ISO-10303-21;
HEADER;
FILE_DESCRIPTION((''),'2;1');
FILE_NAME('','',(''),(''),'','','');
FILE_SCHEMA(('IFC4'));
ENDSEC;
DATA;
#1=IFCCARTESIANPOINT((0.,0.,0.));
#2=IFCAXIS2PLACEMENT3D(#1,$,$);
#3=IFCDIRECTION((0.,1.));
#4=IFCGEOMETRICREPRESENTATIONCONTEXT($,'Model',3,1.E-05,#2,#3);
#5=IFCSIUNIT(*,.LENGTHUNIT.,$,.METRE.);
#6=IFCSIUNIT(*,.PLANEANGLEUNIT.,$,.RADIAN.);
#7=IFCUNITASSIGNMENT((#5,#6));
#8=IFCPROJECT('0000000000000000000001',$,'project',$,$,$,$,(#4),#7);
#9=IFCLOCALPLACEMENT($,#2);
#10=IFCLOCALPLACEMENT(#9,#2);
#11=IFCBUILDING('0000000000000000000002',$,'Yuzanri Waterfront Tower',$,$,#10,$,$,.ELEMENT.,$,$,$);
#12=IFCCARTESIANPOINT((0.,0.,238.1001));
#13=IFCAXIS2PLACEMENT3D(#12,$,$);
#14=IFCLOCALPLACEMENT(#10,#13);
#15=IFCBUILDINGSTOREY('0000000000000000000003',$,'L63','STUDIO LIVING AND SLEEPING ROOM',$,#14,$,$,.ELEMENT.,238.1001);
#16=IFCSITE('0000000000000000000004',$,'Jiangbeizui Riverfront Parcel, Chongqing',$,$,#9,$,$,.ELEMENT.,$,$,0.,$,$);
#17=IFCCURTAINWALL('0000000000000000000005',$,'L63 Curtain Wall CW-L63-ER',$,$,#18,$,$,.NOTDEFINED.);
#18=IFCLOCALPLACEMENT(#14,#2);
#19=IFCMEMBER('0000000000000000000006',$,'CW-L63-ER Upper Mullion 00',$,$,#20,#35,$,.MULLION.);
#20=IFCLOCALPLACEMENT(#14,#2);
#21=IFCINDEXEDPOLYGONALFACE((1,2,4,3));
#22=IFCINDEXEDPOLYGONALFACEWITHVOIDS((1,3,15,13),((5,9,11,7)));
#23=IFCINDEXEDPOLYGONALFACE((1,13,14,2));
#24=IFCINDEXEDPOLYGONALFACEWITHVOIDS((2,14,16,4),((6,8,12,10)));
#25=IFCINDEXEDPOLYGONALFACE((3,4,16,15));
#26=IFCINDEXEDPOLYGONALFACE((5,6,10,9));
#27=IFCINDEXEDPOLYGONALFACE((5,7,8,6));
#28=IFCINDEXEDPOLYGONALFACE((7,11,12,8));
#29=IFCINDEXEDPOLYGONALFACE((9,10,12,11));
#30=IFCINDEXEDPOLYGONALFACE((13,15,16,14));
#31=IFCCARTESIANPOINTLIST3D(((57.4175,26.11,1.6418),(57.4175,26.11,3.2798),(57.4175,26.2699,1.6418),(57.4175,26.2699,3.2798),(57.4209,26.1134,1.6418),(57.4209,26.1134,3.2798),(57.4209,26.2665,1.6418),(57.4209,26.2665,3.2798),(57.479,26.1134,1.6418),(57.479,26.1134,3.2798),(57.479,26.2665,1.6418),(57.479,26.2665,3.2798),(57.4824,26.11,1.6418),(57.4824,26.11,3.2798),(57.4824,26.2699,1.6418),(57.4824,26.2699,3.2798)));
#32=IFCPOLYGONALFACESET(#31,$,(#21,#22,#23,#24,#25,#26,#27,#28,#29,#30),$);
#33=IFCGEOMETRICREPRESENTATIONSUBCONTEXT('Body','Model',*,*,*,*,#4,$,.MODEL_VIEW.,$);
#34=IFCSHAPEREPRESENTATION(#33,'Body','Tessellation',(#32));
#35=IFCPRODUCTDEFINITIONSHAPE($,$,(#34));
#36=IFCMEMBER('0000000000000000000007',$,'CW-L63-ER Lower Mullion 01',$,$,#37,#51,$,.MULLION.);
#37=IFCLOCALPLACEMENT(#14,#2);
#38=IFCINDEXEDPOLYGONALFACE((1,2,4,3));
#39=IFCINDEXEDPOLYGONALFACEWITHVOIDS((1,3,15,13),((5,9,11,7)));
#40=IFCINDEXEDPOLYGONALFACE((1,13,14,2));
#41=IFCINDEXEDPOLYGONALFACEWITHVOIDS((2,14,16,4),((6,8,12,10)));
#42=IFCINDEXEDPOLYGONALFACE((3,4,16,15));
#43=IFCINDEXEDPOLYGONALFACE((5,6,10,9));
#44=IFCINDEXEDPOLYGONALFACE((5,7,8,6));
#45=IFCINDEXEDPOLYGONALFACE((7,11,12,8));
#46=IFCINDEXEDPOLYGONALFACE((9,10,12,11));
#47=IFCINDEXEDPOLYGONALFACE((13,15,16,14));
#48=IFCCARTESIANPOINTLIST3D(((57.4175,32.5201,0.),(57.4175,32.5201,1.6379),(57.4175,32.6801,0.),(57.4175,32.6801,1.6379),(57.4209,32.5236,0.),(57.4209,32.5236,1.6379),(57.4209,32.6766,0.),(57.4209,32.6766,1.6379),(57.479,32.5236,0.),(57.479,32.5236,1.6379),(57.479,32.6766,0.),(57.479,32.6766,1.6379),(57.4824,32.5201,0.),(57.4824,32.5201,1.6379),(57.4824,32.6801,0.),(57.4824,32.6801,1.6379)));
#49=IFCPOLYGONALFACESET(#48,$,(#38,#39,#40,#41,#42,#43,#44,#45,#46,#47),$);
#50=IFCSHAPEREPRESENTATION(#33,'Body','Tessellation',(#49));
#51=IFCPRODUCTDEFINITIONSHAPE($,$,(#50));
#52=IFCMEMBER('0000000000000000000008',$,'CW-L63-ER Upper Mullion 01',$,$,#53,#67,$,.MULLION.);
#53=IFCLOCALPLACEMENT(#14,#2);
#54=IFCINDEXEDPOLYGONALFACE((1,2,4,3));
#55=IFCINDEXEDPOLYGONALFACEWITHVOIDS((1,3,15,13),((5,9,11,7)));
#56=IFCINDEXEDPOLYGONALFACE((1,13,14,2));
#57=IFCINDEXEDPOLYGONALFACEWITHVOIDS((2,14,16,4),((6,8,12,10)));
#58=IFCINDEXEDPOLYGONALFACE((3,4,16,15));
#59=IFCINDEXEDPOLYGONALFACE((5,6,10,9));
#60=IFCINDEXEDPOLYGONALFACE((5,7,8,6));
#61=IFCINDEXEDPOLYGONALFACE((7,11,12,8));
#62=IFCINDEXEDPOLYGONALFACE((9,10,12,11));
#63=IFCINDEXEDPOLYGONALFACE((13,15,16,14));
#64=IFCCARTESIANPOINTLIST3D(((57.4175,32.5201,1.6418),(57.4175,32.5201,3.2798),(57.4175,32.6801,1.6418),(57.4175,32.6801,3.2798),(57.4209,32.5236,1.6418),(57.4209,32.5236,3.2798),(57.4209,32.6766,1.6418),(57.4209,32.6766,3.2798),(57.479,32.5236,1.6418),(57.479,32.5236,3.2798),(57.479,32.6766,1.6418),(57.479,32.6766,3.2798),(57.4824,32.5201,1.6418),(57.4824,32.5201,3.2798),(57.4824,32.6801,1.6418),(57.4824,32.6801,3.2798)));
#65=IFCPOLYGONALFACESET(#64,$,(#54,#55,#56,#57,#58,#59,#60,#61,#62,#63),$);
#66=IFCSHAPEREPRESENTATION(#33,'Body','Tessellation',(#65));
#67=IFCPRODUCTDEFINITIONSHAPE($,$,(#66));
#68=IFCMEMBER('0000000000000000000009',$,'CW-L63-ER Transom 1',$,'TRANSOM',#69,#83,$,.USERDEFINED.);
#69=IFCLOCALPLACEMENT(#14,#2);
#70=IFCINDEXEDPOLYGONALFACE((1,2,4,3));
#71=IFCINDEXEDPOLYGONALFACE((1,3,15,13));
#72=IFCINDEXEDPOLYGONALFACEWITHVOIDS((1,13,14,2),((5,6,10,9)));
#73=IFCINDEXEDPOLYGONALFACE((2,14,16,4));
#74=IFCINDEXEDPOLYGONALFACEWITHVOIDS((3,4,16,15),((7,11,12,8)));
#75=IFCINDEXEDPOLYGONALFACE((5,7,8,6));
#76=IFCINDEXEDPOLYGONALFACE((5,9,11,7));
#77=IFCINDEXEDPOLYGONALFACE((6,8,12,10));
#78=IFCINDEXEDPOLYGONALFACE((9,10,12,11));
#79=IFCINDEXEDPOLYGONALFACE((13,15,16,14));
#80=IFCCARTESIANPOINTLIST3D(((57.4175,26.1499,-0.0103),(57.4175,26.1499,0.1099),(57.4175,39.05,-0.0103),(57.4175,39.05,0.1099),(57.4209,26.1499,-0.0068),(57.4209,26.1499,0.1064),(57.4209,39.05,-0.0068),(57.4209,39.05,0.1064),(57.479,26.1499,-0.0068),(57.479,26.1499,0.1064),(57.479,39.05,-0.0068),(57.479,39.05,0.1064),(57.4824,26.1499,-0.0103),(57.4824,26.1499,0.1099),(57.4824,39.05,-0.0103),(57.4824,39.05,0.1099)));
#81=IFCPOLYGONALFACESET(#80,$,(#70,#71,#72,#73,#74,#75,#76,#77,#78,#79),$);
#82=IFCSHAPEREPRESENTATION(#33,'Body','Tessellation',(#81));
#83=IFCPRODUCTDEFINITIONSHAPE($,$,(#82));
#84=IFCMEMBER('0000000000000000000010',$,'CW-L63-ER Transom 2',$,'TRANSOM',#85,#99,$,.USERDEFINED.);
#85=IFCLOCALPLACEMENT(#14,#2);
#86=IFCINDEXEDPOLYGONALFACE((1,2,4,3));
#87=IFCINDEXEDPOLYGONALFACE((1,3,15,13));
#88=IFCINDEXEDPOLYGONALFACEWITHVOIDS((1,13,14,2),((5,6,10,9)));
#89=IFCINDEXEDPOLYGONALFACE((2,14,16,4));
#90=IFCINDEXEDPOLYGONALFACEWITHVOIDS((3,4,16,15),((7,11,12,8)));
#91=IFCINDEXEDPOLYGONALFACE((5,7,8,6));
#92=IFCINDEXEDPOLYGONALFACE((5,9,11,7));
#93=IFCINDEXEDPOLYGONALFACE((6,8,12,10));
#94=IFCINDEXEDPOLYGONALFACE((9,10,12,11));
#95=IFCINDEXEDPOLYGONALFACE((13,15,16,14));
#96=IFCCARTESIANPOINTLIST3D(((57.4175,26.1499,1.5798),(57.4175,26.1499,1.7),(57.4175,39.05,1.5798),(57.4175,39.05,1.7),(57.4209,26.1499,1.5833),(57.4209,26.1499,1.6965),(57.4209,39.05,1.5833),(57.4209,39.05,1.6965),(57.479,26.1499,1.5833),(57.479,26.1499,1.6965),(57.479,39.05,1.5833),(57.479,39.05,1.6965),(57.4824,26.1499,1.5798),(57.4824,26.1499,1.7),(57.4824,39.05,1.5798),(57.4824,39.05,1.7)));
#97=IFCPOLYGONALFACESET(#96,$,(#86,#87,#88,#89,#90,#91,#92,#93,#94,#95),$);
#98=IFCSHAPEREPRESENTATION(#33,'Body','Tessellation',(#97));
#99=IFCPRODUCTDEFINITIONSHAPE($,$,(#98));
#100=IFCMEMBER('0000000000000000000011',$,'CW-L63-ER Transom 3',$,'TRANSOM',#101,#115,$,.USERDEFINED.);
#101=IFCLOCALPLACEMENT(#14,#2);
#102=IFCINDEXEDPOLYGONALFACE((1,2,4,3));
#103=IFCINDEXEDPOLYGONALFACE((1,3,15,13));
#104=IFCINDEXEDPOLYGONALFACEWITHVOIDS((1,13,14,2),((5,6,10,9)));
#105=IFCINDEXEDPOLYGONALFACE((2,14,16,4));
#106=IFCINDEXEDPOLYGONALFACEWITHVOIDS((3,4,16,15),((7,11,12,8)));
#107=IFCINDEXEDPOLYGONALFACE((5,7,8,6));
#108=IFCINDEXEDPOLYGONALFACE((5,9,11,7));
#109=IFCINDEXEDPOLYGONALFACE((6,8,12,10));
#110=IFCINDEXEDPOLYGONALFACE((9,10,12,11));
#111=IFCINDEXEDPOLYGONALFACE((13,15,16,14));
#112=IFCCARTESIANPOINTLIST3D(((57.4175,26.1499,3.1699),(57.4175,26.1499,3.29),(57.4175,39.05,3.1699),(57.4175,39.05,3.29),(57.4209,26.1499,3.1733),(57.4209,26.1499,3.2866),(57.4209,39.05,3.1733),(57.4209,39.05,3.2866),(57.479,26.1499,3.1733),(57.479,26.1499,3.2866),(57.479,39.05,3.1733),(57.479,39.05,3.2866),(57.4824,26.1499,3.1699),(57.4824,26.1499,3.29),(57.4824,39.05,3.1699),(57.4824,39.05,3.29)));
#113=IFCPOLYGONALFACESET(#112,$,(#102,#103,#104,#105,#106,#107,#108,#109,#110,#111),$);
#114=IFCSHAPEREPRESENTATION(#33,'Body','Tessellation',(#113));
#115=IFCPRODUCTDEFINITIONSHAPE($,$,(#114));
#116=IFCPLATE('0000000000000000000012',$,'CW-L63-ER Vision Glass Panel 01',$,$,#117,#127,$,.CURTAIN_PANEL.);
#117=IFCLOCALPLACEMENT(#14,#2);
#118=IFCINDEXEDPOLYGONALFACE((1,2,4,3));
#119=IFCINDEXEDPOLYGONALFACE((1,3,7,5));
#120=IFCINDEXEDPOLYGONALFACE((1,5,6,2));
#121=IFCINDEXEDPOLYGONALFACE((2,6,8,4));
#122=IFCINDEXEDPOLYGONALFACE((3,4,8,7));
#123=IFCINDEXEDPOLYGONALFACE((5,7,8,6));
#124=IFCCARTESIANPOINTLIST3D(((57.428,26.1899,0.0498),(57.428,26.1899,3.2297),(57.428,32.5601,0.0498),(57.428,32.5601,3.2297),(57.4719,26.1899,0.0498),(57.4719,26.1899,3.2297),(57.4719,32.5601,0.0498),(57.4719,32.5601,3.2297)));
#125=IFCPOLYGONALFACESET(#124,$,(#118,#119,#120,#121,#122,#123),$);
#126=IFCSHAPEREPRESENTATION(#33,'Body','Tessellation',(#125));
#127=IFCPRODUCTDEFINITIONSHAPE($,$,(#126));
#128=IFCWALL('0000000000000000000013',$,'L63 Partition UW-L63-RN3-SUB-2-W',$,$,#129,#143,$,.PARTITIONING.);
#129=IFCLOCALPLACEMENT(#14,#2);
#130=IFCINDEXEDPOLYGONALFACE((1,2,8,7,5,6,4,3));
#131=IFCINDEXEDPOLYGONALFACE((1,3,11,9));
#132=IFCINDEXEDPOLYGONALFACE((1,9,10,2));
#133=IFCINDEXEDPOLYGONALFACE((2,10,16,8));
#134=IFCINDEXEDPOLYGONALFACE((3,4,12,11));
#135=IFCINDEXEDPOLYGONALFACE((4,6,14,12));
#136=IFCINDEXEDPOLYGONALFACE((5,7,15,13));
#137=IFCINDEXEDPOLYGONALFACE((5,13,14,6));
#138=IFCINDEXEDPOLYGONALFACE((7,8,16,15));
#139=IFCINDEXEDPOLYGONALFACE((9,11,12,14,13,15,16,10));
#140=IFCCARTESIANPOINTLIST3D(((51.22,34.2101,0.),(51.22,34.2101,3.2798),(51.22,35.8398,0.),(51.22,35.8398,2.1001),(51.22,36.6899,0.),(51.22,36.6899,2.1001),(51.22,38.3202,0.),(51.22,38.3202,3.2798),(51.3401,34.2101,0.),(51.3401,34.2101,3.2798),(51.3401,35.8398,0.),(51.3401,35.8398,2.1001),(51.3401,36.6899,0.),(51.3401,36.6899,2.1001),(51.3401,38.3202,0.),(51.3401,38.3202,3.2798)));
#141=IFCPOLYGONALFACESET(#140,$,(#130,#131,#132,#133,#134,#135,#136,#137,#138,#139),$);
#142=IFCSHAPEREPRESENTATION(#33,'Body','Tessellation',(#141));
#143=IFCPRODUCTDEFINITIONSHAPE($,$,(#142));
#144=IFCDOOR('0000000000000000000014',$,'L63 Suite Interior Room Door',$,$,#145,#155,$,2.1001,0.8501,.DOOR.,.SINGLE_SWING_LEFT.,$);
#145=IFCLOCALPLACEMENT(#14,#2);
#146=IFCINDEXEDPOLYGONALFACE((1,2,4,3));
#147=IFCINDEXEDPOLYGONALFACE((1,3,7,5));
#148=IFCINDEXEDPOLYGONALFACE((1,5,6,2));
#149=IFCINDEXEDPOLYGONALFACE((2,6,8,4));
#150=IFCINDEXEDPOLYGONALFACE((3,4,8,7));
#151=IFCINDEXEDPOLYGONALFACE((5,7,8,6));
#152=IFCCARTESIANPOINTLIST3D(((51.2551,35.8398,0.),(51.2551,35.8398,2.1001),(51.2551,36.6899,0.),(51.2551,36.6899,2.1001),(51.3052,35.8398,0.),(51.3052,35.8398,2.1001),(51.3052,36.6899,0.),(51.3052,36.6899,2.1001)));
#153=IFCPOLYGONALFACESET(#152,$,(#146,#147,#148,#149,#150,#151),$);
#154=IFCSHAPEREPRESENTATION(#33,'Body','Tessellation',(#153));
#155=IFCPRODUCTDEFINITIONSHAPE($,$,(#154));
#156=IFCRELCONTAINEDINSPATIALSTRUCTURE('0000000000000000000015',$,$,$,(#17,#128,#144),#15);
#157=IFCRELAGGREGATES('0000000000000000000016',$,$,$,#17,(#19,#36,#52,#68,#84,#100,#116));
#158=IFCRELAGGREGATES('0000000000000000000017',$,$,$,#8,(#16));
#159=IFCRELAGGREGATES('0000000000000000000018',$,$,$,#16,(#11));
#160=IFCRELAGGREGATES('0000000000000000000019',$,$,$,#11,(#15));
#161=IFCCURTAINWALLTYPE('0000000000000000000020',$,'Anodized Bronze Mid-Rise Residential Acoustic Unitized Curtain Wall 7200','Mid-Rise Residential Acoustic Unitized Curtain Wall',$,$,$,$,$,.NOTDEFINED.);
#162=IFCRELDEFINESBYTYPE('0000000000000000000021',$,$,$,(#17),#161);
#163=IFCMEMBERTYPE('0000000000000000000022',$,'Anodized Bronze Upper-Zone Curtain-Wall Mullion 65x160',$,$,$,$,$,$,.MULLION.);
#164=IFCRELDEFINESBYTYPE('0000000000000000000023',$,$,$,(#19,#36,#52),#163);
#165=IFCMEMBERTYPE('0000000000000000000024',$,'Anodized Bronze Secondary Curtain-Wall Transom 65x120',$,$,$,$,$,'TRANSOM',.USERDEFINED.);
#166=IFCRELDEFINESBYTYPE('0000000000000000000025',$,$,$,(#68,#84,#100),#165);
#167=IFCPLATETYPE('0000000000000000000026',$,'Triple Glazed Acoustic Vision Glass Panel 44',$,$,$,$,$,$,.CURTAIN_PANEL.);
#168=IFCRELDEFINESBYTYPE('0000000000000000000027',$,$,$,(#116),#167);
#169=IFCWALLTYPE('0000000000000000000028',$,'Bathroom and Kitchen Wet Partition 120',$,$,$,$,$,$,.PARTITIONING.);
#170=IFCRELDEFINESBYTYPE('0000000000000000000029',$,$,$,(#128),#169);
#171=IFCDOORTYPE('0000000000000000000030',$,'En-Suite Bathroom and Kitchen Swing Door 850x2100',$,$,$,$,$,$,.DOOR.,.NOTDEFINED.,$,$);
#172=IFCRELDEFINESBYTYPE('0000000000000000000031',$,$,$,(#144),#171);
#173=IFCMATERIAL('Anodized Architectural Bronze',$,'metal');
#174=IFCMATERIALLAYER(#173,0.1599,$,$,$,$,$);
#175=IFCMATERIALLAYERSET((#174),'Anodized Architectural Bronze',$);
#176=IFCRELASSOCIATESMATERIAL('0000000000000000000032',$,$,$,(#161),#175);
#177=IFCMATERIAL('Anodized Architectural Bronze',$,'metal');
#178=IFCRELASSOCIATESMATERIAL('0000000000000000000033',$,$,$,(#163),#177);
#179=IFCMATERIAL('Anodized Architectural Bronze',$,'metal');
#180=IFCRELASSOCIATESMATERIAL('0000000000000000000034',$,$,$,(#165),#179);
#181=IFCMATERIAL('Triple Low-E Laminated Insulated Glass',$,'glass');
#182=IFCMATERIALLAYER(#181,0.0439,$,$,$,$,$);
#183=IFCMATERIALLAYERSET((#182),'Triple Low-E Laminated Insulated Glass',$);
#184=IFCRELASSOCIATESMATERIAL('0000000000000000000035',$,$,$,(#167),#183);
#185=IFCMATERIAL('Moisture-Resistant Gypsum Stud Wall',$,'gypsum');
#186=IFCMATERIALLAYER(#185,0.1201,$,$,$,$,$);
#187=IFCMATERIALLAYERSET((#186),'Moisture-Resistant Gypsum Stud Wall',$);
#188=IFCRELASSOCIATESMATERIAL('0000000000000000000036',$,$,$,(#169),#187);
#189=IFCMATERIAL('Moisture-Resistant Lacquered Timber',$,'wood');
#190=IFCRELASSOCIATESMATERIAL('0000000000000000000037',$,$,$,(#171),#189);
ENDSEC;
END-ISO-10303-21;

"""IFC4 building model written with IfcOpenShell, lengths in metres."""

from ifc_helpers import new_model, si_unit, direction, frame, frame_2d, origin, origin_2d, place, context, subcontext, project, spatial, rectangle, hollow_rectangle, extrude, source, transform, mapped, material, layer, layer_set, material_profile, profile_set, type_object, element, fill, aggregate, save


model = new_model("IFC4")

# Units and contexts
model_context = context("Model", 3, precision=1e-05, world=origin(), true_north=direction((0.0, 1.0)))
body_context = subcontext(model_context, "Body", "Model", "MODEL_VIEW")
ifc_project = project(units=[si_unit("LENGTHUNIT", "METRE"), si_unit("PLANEANGLEUNIT", "RADIAN")], contexts=[model_context])

# Site, building, storey
site_placement = place(None, origin())
site = spatial("IfcSite", under=ifc_project, at=site_placement, Name="Jiangbeizui Riverfront Parcel, Chongqing", CompositionType="ELEMENT", RefElevation=0.0)
building_placement = place(site_placement, origin())
building = spatial("IfcBuilding", under=site, at=building_placement, Name="Yuzanri Waterfront Tower", CompositionType="ELEMENT")
storey_placement = place(building_placement, frame((0.0, 0.0, 238.1001)))
storey = spatial("IfcBuildingStorey", under=building, at=storey_placement, Name="L63", Description="STUDIO LIVING AND SLEEPING ROOM", CompositionType="ELEMENT", Elevation=238.1001)

# Curtain wall, members, plate
ifc_material_1 = material(Name="Anodized Architectural Bronze", Category="metal")
ifc_layer_1 = layer(ifc_material_1, 0.1599)
ifc_layer_set_1 = layer_set([ifc_layer_1], Name="Anodized Architectural Bronze")
curtain_wall_type = type_object("IfcCurtainWallType", Name="Anodized Bronze Mid-Rise Residential Acoustic Unitized Curtain Wall 7200", Description="Mid-Rise Residential Acoustic Unitized Curtain Wall", PredefinedType="NOTDEFINED", material=ifc_layer_set_1)
curtain_wall_placement = place(storey_placement, origin())
curtain_wall = element("IfcCurtainWall", 1, at=curtain_wall_placement, inside=storey, type_object=curtain_wall_type, Name="L63 Curtain Wall CW-L63-ER", PredefinedType="NOTDEFINED")
ifc_material_2 = material(Name="Anodized Architectural Bronze", Category="metal")
ifc_material_profile_1 = material_profile(ifc_material_2, hollow_rectangle(XDim=0.0649, YDim=0.1599, WallThickness=0.0034, at=origin_2d()), Name="CWM 65x160")
ifc_profile_set_1 = profile_set([ifc_material_profile_1], Name="Anodized Architectural Bronze")
member_type_1 = type_object("IfcMemberType", Name="Anodized Bronze Upper-Zone Curtain-Wall Mullion 65x160", PredefinedType="MULLION", material=ifc_profile_set_1)
shared_shape_1 = source(origin(), body_context, "Body", "SweptSolid", [
    extrude(hollow_rectangle(XDim=0.0649, YDim=0.1599, WallThickness=0.0034, at=origin_2d()), origin(), (0.0, 0.0, 1.0), 1.6379),
])
member_1_placement = place(storey_placement, frame((57.45, 26.1899, 1.6418), z_axis=(0.0, 0.0, 1.0), x_axis=(1.0, 0.0, 0.0)))
member_1 = element("IfcMember", 2, at=member_1_placement, type_object=member_type_1, Name="CW-L63-ER Upper Mullion 00", PredefinedType="MULLION", context=body_context, shape_type="MappedRepresentation", body=[
    mapped(shared_shape_1, transform((0.0, 0.0, 0.0), scale=1.0)),
])
member_2_placement = place(storey_placement, frame((57.45, 32.6001, 0.0), z_axis=(0.0, 0.0, 1.0), x_axis=(1.0, 0.0, 0.0)))
member_2 = element("IfcMember", 3, at=member_2_placement, type_object=member_type_1, Name="CW-L63-ER Lower Mullion 01", PredefinedType="MULLION", context=body_context, shape_type="MappedRepresentation", body=[
    mapped(shared_shape_1, transform((0.0, 0.0, 0.0), scale=1.0)),
])
member_3_placement = place(storey_placement, frame((57.45, 32.6001, 1.6418), z_axis=(0.0, 0.0, 1.0), x_axis=(1.0, 0.0, 0.0)))
member_3 = element("IfcMember", 4, at=member_3_placement, type_object=member_type_1, Name="CW-L63-ER Upper Mullion 01", PredefinedType="MULLION", context=body_context, shape_type="MappedRepresentation", body=[
    mapped(shared_shape_1, transform((0.0, 0.0, 0.0), scale=1.0)),
])
ifc_material_3 = material(Name="Anodized Architectural Bronze", Category="metal")
ifc_material_profile_2 = material_profile(ifc_material_3, hollow_rectangle(XDim=0.0649, YDim=0.1201, WallThickness=0.0034, at=origin_2d()), Name="CWT 65x120")
ifc_profile_set_2 = profile_set([ifc_material_profile_2], Name="Anodized Architectural Bronze")
member_type_2 = type_object("IfcMemberType", Name="Anodized Bronze Secondary Curtain-Wall Transom 65x120", ElementType="TRANSOM", PredefinedType="USERDEFINED", material=ifc_profile_set_2)
shared_shape_2 = source(origin(), body_context, "Body", "SweptSolid", [
    extrude(hollow_rectangle(XDim=0.0649, YDim=0.1201, WallThickness=0.0034, at=origin_2d()), origin(), (0.0, 0.0, 1.0), 12.9001),
])
member_4_placement = place(storey_placement, frame((57.45, 26.1499, 0.0498), z_axis=(0.0, 1.0, 0.0), x_axis=(-1.0, 0.0, 0.0)))
member_4 = element("IfcMember", 5, at=member_4_placement, type_object=member_type_2, Name="CW-L63-ER Transom 1", ObjectType="TRANSOM", PredefinedType="USERDEFINED", context=body_context, shape_type="MappedRepresentation", body=[
    mapped(shared_shape_2, transform((0.0, 0.0, 0.0), scale=1.0)),
])
member_5_placement = place(storey_placement, frame((57.45, 26.1499, 1.6399), z_axis=(0.0, 1.0, 0.0), x_axis=(-1.0, 0.0, 0.0)))
member_5 = element("IfcMember", 6, at=member_5_placement, type_object=member_type_2, Name="CW-L63-ER Transom 2", ObjectType="TRANSOM", PredefinedType="USERDEFINED", context=body_context, shape_type="MappedRepresentation", body=[
    mapped(shared_shape_2, transform((0.0, 0.0, 0.0), scale=1.0)),
])
member_6_placement = place(storey_placement, frame((57.45, 26.1499, 3.23), z_axis=(0.0, 1.0, 0.0), x_axis=(-1.0, 0.0, 0.0)))
member_6 = element("IfcMember", 7, at=member_6_placement, type_object=member_type_2, Name="CW-L63-ER Transom 3", ObjectType="TRANSOM", PredefinedType="USERDEFINED", context=body_context, shape_type="MappedRepresentation", body=[
    mapped(shared_shape_2, transform((0.0, 0.0, 0.0), scale=1.0)),
])
ifc_material_4 = material(Name="Triple Low-E Laminated Insulated Glass", Category="glass")
ifc_layer_2 = layer(ifc_material_4, 0.0439)
ifc_layer_set_2 = layer_set([ifc_layer_2], Name="Triple Low-E Laminated Insulated Glass")
plate_type = type_object("IfcPlateType", Name="Triple Glazed Acoustic Vision Glass Panel 44", PredefinedType="CURTAIN_PANEL", material=ifc_layer_set_2)
shared_shape_3 = source(origin(), body_context, "Body", "SweptSolid", [
    extrude(rectangle(XDim=6.3701, YDim=0.0439, at=origin_2d()), origin(), (0.0, 0.0, 1.0), 3.1799),
])
plate_placement = place(storey_placement, frame((57.45, 29.375, 0.0498), z_axis=(0.0, 0.0, 1.0), x_axis=(0.0, 1.0, 0.0)))
plate = element("IfcPlate", 8, at=plate_placement, type_object=plate_type, Name="CW-L63-ER Vision Glass Panel 01", PredefinedType="CURTAIN_PANEL", context=body_context, shape_type="MappedRepresentation", body=[
    mapped(shared_shape_3, transform((0.0, 0.0, 0.0), scale=1.0)),
])
aggregate(curtain_wall, [member_1, member_2, member_3, member_4, member_5, member_6, plate])

# Wall, opening, door
ifc_material_5 = material(Name="Moisture-Resistant Gypsum Stud Wall", Category="gypsum")
ifc_layer_3 = layer(ifc_material_5, 0.1201)
ifc_layer_set_3 = layer_set([ifc_layer_3], Name="Moisture-Resistant Gypsum Stud Wall")
wall_type_1 = type_object("IfcWallType", Name="Bathroom and Kitchen Wet Partition 120", PredefinedType="PARTITIONING", material=ifc_layer_set_3)
wall_1_placement = place(storey_placement, frame((51.28, 34.21, 0.0), z_axis=(0.0, 0.0, 1.0), x_axis=(0.0, 1.0, 0.0)))
wall_1 = element("IfcWall", 9, at=wall_1_placement, inside=storey, type_object=wall_type_1, Name="L63 Partition UW-L63-RN3-SUB-2-W", PredefinedType="PARTITIONING", context=body_context, shape_type="SweptSolid", body=[
    extrude(rectangle(XDim=4.1101, YDim=0.1201, at=frame_2d((2.0552, 0.0))), origin(), (0.0, 0.0, 1.0), 3.2798),
])
opening_1_placement = place(wall_1_placement, frame((1.6299, 0.0, 0.0)))
opening_1 = element("IfcOpeningElement", 10, at=opening_1_placement, cuts=wall_1, PredefinedType="OPENING", context=body_context, shape_type="SweptSolid", body=[
    extrude(rectangle(XDim=0.8501, YDim=2.1001, at=frame_2d((0.425, 1.05))), frame((0.0, 0.075, 0.0), z_axis=(0.0, -1.0, 0.0), x_axis=(1.0, 0.0, 0.0)), (0.0, 0.0, 1.0), 0.1499),
])
ifc_material_6 = material(Name="Moisture-Resistant Lacquered Timber", Category="wood")
door_type_1 = type_object("IfcDoorType", Name="En-Suite Bathroom and Kitchen Swing Door 850x2100", OperationType="NOTDEFINED", PredefinedType="DOOR", material=ifc_material_6)
shared_shape_4 = source(origin(), body_context, "Body", "SweptSolid", [
    extrude(rectangle(XDim=0.8501, YDim=2.1001, at=frame_2d((0.425, 1.05))), frame((0.0, 0.0249, 0.0), z_axis=(0.0, -1.0, 0.0), x_axis=(1.0, 0.0, 0.0)), (0.0, 0.0, 1.0), 0.05),
])
door_1_placement = place(opening_1_placement, origin())
door_1 = element("IfcDoor", 11, at=door_1_placement, inside=storey, type_object=door_type_1, Name="L63 Suite Interior Room Door", OperationType="SINGLE_SWING_LEFT", OverallHeight=2.1001, OverallWidth=0.8501, PredefinedType="DOOR", context=body_context, shape_type="MappedRepresentation", body=[
    mapped(shared_shape_4, transform((0.0, 0.0, 0.0), scale=1.0)),
])
fill(opening_1, door_1)

save(model, "model.ifc")
